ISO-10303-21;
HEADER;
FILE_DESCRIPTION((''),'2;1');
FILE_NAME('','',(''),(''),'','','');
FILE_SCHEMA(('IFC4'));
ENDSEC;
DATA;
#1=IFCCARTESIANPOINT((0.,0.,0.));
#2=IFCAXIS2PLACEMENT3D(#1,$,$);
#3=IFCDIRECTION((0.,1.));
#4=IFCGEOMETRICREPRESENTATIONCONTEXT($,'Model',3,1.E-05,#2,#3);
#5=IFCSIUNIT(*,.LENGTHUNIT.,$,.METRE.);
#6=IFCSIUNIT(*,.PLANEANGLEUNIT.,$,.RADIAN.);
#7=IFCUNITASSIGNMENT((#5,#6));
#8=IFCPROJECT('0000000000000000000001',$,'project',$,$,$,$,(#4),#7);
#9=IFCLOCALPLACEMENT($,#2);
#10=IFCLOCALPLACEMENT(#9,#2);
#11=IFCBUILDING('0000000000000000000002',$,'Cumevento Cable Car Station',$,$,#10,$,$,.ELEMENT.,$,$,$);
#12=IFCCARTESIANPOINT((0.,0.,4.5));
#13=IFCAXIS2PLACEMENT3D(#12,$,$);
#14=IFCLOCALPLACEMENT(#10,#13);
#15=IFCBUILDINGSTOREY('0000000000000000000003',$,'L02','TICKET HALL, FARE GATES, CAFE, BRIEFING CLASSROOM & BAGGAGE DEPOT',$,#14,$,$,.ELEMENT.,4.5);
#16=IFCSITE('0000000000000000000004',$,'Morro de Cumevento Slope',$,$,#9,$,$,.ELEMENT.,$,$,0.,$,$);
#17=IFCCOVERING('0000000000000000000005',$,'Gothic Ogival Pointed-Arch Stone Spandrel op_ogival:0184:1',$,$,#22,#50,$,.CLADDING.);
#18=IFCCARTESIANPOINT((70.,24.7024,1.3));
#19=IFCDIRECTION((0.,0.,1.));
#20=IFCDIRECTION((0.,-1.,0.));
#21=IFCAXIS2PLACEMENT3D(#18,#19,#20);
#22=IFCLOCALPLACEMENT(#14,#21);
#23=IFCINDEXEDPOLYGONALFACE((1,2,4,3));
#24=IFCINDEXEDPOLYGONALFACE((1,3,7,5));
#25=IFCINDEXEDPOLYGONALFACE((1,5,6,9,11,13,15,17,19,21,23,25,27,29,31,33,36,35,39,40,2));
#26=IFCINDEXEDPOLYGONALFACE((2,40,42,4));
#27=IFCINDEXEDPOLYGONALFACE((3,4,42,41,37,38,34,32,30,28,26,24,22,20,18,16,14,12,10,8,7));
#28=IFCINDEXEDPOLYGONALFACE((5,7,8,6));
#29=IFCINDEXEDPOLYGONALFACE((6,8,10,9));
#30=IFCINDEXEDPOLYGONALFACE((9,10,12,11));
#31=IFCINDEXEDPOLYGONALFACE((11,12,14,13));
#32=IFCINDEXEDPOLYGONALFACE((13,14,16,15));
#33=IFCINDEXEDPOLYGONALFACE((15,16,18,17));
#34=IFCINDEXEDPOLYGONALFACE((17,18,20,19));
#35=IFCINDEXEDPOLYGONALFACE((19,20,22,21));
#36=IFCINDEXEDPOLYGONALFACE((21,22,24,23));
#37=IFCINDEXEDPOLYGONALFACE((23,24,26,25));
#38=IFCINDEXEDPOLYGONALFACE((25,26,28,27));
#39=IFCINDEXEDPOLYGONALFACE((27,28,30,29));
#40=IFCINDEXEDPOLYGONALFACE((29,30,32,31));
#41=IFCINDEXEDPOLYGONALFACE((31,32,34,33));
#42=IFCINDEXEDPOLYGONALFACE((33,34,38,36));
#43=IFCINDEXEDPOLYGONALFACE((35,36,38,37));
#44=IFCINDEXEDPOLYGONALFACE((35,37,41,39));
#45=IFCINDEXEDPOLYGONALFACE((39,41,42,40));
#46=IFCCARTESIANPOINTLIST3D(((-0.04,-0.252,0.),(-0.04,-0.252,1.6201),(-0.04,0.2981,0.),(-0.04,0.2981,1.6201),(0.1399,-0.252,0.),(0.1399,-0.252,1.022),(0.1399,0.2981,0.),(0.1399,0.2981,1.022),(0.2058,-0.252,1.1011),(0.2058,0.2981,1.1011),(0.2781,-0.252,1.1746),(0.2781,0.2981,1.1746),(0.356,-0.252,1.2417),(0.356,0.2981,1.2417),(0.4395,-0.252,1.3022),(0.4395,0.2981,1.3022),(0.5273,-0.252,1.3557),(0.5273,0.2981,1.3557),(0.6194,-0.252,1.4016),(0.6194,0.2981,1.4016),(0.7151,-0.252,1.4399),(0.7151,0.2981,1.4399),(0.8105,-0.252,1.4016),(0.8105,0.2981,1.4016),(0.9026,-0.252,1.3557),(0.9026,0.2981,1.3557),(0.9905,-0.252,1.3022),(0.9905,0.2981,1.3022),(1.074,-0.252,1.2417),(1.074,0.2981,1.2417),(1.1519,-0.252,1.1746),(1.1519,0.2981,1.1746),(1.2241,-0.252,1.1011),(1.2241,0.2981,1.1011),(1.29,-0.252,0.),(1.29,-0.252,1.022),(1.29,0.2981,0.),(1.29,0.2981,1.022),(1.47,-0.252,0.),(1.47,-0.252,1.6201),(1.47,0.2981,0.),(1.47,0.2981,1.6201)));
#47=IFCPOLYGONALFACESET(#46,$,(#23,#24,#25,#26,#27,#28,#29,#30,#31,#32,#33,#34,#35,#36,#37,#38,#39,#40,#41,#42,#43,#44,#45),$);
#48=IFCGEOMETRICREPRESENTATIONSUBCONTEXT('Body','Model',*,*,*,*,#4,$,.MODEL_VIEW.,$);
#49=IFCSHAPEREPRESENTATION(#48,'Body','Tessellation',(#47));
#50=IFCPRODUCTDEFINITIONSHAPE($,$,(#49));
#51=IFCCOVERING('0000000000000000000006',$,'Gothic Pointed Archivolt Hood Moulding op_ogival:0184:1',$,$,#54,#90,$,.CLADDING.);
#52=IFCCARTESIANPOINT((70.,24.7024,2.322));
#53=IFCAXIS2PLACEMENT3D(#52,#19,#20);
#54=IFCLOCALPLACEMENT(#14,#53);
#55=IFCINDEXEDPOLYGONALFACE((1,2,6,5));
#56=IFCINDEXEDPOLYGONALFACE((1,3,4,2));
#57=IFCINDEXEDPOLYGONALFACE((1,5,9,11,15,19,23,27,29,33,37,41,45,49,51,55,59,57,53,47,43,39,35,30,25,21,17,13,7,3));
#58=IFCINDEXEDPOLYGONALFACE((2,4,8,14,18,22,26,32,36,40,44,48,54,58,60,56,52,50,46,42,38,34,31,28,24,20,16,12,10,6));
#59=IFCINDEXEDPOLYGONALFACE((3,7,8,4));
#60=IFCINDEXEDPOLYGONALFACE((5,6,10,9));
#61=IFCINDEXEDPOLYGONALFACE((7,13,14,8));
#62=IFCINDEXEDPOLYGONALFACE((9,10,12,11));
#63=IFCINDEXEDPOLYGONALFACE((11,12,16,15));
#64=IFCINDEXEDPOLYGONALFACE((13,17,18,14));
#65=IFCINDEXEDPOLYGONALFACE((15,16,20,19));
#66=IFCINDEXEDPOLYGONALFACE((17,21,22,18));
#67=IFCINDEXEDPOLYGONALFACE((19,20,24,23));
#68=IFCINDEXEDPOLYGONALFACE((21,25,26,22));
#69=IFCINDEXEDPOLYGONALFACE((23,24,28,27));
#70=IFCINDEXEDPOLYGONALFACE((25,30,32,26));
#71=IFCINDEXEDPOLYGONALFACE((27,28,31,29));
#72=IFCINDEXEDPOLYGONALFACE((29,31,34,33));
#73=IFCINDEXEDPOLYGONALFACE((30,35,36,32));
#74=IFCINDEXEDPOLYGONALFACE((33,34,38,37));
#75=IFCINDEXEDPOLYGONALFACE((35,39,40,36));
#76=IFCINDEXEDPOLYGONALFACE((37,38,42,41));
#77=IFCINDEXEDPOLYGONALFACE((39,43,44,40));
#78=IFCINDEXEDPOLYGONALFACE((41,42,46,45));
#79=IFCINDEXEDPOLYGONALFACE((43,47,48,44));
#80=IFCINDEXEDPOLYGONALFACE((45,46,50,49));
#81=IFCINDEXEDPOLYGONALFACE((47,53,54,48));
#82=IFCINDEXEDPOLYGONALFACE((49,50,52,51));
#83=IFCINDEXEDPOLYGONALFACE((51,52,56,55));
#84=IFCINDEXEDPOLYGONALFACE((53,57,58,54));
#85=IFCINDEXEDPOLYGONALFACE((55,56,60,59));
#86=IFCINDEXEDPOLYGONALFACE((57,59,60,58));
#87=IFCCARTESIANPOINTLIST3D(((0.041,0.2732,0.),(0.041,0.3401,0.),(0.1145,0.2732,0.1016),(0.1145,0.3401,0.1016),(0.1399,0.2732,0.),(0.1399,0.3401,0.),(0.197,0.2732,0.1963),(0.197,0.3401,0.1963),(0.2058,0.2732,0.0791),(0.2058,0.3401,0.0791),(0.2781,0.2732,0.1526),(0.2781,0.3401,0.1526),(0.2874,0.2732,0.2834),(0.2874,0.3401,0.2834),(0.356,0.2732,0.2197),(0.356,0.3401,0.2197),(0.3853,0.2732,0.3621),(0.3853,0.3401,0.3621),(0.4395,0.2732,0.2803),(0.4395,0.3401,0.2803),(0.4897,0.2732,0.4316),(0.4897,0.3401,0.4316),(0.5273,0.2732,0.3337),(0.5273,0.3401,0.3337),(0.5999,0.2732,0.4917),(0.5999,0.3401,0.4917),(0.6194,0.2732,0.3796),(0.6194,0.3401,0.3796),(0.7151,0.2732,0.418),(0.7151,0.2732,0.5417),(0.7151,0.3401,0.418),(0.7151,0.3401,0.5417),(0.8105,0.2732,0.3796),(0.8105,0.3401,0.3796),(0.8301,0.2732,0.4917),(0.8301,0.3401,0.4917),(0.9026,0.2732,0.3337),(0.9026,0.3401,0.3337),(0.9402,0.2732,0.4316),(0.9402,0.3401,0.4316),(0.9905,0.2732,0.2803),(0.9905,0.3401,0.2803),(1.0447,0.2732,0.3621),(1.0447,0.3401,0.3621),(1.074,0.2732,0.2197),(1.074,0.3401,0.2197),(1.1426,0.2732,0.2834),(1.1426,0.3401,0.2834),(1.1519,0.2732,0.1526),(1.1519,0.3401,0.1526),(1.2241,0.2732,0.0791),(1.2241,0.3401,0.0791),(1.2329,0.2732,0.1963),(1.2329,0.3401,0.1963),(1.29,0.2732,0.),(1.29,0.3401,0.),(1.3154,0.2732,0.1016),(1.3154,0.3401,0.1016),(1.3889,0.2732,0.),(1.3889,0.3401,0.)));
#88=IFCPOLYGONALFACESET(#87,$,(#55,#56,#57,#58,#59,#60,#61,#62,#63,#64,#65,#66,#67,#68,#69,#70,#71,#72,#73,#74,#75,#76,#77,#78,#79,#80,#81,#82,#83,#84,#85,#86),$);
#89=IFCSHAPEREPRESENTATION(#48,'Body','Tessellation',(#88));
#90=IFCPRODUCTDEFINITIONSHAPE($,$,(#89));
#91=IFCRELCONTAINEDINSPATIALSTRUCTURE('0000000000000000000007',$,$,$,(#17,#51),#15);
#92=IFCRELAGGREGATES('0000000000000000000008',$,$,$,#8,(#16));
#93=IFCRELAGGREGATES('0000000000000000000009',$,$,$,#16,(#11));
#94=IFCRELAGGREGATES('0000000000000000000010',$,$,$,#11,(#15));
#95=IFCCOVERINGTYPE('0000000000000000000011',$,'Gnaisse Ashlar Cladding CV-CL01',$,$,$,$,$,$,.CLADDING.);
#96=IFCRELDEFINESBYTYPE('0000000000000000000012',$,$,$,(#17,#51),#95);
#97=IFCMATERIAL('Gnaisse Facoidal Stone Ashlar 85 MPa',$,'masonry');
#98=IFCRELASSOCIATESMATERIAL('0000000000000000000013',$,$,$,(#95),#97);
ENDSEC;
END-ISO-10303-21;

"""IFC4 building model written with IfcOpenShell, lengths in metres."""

from ifc_helpers import new_model, si_unit, direction, frame, origin, place, context, subcontext, project, spatial, polyline, outline, extrude, material, type_object, element, save


model = new_model("IFC4")

# Units and contexts
model_context = context("Model", 3, precision=1e-05, world=origin(), true_north=direction((0.0, 1.0)))
body_context = subcontext(model_context, "Body", "Model", "MODEL_VIEW")
ifc_project = project(units=[si_unit("LENGTHUNIT", "METRE"), si_unit("PLANEANGLEUNIT", "RADIAN")], contexts=[model_context])

# Site, building, storey
site_placement = place(None, origin())
site = spatial("IfcSite", under=ifc_project, at=site_placement, Name="Morro de Cumevento Slope", CompositionType="ELEMENT", RefElevation=0.0)
building_placement = place(site_placement, origin())
building = spatial("IfcBuilding", under=site, at=building_placement, Name="Cumevento Cable Car Station", CompositionType="ELEMENT")
storey_placement = place(building_placement, frame((0.0, 0.0, 4.5)))
storey = spatial("IfcBuildingStorey", under=building, at=storey_placement, Name="L02", Description="TICKET HALL, FARE GATES, CAFE, BRIEFING CLASSROOM & BAGGAGE DEPOT", CompositionType="ELEMENT", Elevation=4.5)

# Coverings
ifc_material_1 = material(Name="Gnaisse Facoidal Stone Ashlar 85 MPa", Category="masonry")
covering_type = type_object("IfcCoveringType", Name="Gnaisse Ashlar Cladding CV-CL01", PredefinedType="CLADDING", material=ifc_material_1)
covering_1_placement = place(storey_placement, frame((70.0, 24.7024, 1.3), z_axis=(0.0, 0.0, 1.0), x_axis=(0.0, -1.0, 0.0)))
element("IfcCovering", 1, at=covering_1_placement, inside=storey, type_object=covering_type, Name="Gothic Ogival Pointed-Arch Stone Spandrel op_ogival:0184:1", PredefinedType="CLADDING", context=body_context, shape_type="SweptSolid", body=[
    extrude(outline(polyline([(-0.04, 0.0), (-0.04, 1.6201), (1.47, 1.6201), (1.47, 0.0), (1.29, 0.0), (1.29, 1.022), (1.2241, 1.1011), (1.1519, 1.1746), (1.074, 1.2417), (0.9905, 1.3022), (0.9026, 1.3557), (0.8105, 1.4016), (0.7151, 1.4399), (0.6194, 1.4016), (0.5273, 1.3557), (0.4395, 1.3022), (0.356, 1.2417), (0.2781, 1.1746), (0.2058, 1.1011), (0.1399, 1.022), (0.1399, 0.0), (-0.04, 0.0)])), frame((0.0, 0.2981, 0.0), z_axis=(0.0, -1.0, 0.0), x_axis=(1.0, 0.0, 0.0)), (0.0, 0.0, 1.0), 0.55),
])
covering_2_placement = place(storey_placement, frame((70.0, 24.7024, 2.322), z_axis=(0.0, 0.0, 1.0), x_axis=(0.0, -1.0, 0.0)))
element("IfcCovering", 2, at=covering_2_placement, inside=storey, type_object=covering_type, Name="Gothic Pointed Archivolt Hood Moulding op_ogival:0184:1", PredefinedType="CLADDING", context=body_context, shape_type="SweptSolid", body=[
    extrude(outline(polyline([(0.1399, 0.0), (0.2058, 0.0791), (0.2781, 0.1526), (0.356, 0.2197), (0.4395, 0.2803), (0.5273, 0.3337), (0.6194, 0.3796), (0.7151, 0.418), (0.8105, 0.3796), (0.9026, 0.3337), (0.9905, 0.2803), (1.074, 0.2197), (1.1519, 0.1526), (1.2241, 0.0791), (1.29, 0.0), (1.3889, 0.0), (1.3154, 0.1016), (1.2329, 0.1963), (1.1426, 0.2834), (1.0447, 0.3621), (0.9402, 0.4316), (0.8301, 0.4917), (0.7151, 0.5417), (0.5999, 0.4917), (0.4897, 0.4316), (0.3853, 0.3621), (0.2874, 0.2834), (0.197, 0.1963), (0.1145, 0.1016), (0.041, 0.0), (0.1399, 0.0)])), frame((0.0, 0.3401, 0.0), z_axis=(0.0, -1.0, 0.0), x_axis=(1.0, 0.0, 0.0)), (0.0, 0.0, 1.0), 0.0669),
])

save(model, "model.ifc")
